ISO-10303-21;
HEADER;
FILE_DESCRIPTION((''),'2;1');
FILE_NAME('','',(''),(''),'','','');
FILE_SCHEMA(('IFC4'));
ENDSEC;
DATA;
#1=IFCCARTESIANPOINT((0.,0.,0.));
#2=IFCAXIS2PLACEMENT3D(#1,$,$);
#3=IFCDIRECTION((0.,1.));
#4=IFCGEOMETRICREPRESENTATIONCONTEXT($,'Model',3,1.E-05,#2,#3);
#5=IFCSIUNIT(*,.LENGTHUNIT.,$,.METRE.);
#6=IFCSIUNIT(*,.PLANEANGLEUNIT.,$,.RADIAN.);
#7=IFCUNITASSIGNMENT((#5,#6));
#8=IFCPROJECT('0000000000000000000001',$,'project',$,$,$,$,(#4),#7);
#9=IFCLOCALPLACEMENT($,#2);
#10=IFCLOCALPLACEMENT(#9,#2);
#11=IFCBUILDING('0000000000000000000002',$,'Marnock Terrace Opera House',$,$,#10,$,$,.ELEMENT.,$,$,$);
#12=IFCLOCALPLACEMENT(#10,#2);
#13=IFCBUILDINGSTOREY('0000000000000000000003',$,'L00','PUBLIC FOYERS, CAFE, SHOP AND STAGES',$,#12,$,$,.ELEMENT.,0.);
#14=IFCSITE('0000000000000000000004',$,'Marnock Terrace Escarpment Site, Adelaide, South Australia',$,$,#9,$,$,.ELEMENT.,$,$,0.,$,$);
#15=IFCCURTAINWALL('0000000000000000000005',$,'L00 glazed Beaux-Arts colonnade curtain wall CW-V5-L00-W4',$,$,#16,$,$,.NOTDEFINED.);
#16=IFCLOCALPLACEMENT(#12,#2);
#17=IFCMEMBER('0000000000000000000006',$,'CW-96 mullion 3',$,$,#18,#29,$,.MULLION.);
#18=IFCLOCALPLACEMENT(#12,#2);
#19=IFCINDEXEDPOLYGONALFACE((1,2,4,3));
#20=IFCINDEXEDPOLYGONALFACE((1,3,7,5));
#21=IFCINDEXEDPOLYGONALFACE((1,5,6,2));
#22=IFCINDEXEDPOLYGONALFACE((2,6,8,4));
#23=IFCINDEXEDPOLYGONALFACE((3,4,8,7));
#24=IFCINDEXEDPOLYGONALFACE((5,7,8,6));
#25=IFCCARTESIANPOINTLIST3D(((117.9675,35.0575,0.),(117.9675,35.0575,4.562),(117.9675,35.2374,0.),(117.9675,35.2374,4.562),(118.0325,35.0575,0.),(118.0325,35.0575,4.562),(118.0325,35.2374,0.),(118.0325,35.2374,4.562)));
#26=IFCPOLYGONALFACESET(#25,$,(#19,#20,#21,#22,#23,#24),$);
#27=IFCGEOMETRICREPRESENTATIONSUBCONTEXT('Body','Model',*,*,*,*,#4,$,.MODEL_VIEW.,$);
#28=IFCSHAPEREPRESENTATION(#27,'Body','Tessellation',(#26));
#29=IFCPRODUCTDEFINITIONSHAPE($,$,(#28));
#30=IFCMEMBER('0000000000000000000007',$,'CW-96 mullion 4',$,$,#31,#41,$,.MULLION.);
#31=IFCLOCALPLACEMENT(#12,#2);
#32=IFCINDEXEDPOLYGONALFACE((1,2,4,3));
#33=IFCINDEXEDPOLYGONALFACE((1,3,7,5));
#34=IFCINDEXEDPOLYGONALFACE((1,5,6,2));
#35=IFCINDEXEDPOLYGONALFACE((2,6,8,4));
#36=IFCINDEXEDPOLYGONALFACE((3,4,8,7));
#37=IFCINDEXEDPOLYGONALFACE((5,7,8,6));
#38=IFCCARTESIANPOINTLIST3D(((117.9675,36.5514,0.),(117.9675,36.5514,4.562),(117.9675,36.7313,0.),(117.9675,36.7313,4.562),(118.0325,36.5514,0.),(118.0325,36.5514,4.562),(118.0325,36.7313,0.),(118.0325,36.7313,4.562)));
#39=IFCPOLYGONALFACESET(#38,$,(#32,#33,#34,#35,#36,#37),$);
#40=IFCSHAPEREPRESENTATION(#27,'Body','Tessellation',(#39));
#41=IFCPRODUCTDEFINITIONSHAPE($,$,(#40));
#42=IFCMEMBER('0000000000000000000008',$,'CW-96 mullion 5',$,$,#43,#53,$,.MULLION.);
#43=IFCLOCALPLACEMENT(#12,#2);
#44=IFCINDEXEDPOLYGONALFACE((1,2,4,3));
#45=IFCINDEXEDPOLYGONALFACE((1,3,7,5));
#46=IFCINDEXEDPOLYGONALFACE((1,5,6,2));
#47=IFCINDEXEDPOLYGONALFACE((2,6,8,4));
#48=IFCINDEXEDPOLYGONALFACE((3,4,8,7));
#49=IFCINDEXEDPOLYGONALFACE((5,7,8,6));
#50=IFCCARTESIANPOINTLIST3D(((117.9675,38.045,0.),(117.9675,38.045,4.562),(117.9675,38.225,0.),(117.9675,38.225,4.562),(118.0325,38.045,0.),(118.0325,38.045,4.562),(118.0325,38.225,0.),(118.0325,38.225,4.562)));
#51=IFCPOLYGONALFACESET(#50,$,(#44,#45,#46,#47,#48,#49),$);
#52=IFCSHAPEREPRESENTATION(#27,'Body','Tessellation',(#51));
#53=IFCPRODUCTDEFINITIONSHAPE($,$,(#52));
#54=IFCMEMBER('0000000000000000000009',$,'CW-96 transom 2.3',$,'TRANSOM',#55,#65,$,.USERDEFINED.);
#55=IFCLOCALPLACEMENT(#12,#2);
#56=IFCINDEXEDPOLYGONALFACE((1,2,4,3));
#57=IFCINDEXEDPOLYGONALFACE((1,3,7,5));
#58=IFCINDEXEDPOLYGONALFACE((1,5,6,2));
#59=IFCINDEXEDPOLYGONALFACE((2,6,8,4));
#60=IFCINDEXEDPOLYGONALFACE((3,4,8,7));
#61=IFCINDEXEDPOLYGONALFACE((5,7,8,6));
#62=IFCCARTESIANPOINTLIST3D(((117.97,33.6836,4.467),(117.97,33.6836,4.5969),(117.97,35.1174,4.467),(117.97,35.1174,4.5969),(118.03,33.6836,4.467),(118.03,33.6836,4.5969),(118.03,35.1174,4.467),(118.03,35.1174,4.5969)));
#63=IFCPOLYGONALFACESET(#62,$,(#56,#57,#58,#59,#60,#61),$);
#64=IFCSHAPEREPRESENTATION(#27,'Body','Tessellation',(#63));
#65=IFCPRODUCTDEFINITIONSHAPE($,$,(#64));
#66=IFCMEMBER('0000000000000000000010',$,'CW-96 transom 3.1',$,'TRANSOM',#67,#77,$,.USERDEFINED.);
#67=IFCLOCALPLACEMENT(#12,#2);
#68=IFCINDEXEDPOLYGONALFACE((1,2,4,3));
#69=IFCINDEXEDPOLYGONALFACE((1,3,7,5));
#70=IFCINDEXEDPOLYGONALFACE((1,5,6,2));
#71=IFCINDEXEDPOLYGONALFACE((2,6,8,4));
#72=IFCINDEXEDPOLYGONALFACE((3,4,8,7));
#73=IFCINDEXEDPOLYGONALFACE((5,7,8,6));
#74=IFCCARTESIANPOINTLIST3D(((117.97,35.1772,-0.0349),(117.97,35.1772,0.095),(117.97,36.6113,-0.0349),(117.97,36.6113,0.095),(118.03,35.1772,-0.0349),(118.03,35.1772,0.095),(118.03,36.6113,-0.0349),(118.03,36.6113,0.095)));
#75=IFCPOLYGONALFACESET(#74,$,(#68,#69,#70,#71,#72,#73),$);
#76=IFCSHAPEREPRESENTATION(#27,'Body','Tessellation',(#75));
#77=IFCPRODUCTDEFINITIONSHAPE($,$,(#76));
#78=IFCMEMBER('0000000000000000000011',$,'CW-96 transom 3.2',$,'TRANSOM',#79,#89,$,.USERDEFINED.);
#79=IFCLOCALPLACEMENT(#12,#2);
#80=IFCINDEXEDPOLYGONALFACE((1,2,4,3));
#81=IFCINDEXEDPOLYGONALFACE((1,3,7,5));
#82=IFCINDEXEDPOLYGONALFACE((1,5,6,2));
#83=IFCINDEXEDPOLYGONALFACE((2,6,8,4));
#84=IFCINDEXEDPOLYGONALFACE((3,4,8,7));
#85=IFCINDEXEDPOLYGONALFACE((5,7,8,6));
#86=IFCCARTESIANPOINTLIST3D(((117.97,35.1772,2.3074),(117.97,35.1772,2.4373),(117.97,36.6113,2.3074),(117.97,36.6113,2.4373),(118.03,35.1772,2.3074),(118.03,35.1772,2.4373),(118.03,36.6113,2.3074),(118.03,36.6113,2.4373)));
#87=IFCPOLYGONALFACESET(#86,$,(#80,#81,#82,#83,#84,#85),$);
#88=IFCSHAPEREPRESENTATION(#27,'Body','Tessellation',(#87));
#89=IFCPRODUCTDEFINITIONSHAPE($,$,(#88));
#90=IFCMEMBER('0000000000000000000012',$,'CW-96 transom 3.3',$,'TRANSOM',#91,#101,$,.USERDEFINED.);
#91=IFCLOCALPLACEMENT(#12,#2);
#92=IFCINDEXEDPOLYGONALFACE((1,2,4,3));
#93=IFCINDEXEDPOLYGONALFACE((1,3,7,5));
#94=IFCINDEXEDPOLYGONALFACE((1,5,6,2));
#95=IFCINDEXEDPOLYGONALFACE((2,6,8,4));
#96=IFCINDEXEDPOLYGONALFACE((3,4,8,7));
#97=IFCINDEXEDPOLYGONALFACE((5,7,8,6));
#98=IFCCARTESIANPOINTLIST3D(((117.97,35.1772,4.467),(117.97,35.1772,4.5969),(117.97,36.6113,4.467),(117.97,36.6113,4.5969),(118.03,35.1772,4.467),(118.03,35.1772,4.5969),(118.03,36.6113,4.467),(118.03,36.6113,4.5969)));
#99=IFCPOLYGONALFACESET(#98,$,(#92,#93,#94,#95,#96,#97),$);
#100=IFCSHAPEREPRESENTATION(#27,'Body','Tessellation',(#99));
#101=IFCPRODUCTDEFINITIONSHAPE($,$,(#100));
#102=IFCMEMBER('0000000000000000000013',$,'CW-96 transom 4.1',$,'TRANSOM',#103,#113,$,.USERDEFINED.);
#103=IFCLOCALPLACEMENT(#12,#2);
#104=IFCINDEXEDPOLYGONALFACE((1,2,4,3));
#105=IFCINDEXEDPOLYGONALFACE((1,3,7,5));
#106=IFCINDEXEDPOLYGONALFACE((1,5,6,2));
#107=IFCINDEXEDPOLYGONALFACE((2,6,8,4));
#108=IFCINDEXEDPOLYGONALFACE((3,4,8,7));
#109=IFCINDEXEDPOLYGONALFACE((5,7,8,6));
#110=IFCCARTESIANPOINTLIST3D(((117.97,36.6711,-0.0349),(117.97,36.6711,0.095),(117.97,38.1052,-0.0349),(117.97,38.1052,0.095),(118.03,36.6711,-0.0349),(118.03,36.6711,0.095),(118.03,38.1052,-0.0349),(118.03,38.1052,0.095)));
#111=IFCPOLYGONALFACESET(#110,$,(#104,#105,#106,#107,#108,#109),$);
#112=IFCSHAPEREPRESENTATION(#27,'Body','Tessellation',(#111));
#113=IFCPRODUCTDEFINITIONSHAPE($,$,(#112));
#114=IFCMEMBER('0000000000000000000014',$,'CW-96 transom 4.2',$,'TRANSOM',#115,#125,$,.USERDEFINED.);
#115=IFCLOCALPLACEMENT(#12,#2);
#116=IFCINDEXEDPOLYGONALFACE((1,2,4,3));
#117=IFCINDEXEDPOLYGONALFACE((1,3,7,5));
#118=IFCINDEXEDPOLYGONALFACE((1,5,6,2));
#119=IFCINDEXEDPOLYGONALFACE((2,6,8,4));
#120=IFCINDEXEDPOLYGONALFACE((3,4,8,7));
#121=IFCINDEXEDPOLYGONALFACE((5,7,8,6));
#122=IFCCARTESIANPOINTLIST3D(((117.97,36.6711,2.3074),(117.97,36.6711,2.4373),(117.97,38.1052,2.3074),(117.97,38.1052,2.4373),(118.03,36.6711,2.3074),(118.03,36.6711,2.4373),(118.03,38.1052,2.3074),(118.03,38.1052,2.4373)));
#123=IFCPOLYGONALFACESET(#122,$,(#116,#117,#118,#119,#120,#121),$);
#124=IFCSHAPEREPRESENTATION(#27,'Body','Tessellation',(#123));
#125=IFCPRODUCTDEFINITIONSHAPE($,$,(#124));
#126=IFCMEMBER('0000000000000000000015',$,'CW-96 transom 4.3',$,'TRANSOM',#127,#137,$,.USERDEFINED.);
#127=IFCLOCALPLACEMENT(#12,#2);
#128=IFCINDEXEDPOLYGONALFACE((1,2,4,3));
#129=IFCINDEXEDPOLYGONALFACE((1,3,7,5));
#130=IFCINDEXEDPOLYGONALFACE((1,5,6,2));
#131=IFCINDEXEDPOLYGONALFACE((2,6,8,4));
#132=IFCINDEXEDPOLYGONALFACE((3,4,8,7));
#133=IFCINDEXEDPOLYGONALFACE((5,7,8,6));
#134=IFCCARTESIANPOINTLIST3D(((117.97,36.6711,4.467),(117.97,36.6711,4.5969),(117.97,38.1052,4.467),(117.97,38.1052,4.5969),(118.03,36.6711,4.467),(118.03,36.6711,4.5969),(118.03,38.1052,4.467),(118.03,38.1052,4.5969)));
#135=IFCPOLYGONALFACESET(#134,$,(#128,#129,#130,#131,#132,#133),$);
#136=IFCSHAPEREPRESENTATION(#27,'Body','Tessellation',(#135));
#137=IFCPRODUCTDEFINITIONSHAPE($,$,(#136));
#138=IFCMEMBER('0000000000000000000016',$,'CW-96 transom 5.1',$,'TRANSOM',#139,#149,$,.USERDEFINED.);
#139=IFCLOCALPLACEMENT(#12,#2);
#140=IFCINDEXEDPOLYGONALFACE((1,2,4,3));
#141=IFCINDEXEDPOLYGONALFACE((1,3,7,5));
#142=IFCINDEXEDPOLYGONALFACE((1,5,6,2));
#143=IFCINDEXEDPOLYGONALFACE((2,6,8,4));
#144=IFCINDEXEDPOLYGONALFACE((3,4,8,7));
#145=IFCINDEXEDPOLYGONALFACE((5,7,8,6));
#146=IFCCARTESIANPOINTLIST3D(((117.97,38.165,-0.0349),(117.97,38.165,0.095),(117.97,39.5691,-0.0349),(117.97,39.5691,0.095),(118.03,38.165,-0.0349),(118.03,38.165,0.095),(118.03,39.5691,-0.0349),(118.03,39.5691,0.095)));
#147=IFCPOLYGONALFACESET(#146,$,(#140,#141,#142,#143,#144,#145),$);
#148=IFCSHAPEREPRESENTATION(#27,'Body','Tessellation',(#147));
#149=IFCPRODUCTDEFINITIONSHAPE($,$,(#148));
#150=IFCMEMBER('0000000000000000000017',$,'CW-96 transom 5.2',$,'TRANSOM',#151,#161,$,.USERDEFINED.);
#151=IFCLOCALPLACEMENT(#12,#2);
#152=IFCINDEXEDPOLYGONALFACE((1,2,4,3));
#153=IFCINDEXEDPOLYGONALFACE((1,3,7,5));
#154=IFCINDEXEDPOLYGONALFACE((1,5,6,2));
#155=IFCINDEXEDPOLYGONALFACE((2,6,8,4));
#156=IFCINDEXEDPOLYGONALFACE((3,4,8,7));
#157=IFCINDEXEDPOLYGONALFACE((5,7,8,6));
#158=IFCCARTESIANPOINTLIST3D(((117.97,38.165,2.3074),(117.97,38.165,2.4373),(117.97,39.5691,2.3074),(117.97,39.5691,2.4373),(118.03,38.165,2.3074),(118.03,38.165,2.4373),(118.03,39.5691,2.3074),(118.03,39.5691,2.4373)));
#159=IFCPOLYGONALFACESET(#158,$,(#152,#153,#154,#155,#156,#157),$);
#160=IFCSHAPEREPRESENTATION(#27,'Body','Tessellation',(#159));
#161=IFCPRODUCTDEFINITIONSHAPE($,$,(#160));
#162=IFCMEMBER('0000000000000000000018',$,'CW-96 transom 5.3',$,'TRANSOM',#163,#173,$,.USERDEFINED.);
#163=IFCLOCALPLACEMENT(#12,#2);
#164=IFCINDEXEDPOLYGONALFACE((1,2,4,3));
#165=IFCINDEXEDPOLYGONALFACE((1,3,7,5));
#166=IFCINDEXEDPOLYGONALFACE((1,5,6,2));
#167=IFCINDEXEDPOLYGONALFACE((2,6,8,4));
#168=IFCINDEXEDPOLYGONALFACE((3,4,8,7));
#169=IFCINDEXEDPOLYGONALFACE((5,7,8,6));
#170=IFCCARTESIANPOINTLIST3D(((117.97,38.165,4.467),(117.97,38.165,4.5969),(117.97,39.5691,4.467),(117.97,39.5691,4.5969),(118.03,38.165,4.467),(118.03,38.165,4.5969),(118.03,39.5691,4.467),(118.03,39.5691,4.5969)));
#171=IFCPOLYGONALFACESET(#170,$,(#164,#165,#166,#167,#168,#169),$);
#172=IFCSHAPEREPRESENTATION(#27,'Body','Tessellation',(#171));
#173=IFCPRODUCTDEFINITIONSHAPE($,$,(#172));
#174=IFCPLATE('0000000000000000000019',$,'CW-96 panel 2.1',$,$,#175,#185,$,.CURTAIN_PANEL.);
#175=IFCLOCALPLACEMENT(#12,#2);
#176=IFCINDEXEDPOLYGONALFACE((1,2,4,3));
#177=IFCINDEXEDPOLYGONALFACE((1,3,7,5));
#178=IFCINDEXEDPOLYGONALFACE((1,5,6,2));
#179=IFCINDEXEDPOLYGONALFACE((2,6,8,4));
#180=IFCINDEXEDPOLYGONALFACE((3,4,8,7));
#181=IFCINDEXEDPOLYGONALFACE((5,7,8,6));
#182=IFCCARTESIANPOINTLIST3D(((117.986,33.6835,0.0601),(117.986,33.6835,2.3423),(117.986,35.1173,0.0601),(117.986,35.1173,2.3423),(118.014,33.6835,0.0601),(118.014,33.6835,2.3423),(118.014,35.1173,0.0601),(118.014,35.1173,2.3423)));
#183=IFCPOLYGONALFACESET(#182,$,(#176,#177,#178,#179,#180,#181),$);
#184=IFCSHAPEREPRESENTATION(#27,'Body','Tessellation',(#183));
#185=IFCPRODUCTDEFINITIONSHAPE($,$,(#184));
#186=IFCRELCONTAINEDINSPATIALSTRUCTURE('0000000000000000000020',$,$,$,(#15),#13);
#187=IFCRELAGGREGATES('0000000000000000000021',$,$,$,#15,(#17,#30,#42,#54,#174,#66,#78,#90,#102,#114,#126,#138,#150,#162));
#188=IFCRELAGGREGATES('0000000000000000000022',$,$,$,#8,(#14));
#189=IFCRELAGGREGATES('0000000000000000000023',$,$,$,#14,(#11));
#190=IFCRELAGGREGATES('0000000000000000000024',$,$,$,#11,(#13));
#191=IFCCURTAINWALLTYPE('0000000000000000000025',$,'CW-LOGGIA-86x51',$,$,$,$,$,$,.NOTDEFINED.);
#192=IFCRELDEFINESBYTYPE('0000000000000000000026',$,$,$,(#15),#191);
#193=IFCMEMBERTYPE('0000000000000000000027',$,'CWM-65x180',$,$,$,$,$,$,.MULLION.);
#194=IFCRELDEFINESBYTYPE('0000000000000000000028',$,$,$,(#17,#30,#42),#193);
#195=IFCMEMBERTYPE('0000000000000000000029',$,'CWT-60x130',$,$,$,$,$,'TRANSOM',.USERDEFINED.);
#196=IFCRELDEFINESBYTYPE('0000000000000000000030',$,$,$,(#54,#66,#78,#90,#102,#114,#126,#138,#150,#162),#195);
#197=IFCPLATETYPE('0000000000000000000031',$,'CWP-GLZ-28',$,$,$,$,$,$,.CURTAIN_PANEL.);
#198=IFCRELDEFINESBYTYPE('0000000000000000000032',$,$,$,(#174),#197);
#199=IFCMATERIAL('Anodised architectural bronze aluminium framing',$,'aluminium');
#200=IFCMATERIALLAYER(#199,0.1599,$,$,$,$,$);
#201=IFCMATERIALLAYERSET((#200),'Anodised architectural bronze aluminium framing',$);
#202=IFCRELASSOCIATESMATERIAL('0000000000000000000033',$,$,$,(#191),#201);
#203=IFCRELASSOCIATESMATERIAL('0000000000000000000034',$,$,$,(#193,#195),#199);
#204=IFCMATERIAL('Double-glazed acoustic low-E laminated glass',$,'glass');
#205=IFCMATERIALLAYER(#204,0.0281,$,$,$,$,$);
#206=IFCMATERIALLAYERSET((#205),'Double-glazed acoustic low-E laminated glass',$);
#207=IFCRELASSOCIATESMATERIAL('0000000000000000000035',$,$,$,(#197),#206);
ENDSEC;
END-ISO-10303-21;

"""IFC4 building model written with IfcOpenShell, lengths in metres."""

from ifc_helpers import new_model, si_unit, direction, frame, origin, origin_2d, place, context, subcontext, project, spatial, rectangle, extrude, material, layer, layer_set, material_profile, profile_set, type_object, element, aggregate, save


model = new_model("IFC4")

# Units and contexts
model_context = context("Model", 3, precision=1e-05, world=origin(), true_north=direction((0.0, 1.0)))
body_context = subcontext(model_context, "Body", "Model", "MODEL_VIEW")
ifc_project = project(units=[si_unit("LENGTHUNIT", "METRE"), si_unit("PLANEANGLEUNIT", "RADIAN")], contexts=[model_context])

# Site, building, storey
site_placement = place(None, origin())
site = spatial("IfcSite", under=ifc_project, at=site_placement, Name="Marnock Terrace Escarpment Site, Adelaide, South Australia", CompositionType="ELEMENT", RefElevation=0.0)
building_placement = place(site_placement, origin())
building = spatial("IfcBuilding", under=site, at=building_placement, Name="Marnock Terrace Opera House", CompositionType="ELEMENT")
storey_placement = place(building_placement, origin())
storey = spatial("IfcBuildingStorey", under=building, at=storey_placement, Name="L00", Description="PUBLIC FOYERS, CAFE, SHOP AND STAGES", CompositionType="ELEMENT", Elevation=0.0)

# Curtain wall, members, plate
ifc_material_1 = material(Name="Anodised architectural bronze aluminium framing", Category="aluminium")
ifc_layer_1 = layer(ifc_material_1, 0.1599)
ifc_layer_set_1 = layer_set([ifc_layer_1], Name="Anodised architectural bronze aluminium framing")
curtain_wall_type = type_object("IfcCurtainWallType", Name="CW-LOGGIA-86x51", PredefinedType="NOTDEFINED", material=ifc_layer_set_1)
curtain_wall_placement = place(storey_placement, origin())
curtain_wall = element("IfcCurtainWall", 1, at=curtain_wall_placement, inside=storey, type_object=curtain_wall_type, Name="L00 glazed Beaux-Arts colonnade curtain wall CW-V5-L00-W4", PredefinedType="NOTDEFINED")
ifc_material_profile_1 = material_profile(ifc_material_1, rectangle(XDim=0.0649, YDim=0.1799, at=origin_2d()))
ifc_profile_set_1 = profile_set([ifc_material_profile_1], Name="Anodised architectural bronze aluminium framing")
member_type_1 = type_object("IfcMemberType", Name="CWM-65x180", PredefinedType="MULLION", material=ifc_profile_set_1)
member_1_placement = place(storey_placement, frame((118.0, 35.1475, 0.0), z_axis=(0.0, 0.0, 1.0), x_axis=(-1.0, 0.0, 0.0)))
member_1 = element("IfcMember", 2, at=member_1_placement, type_object=member_type_1, Name="CW-96 mullion 3", PredefinedType="MULLION", context=body_context, shape_type="SweptSolid", body=[
    extrude(rectangle(XDim=0.0649, YDim=0.1799, at=origin_2d()), origin(), (0.0, 0.0, 1.0), 4.562),
])
member_2_placement = place(storey_placement, frame((118.0, 36.6414, 0.0), z_axis=(0.0, 0.0, 1.0), x_axis=(-1.0, 0.0, 0.0)))
member_2 = element("IfcMember", 3, at=member_2_placement, type_object=member_type_1, Name="CW-96 mullion 4", PredefinedType="MULLION", context=body_context, shape_type="SweptSolid", body=[
    extrude(rectangle(XDim=0.0649, YDim=0.1799, at=origin_2d()), origin(), (0.0, 0.0, 1.0), 4.562),
])
member_3_placement = place(storey_placement, frame((118.0, 38.135, 0.0), z_axis=(0.0, 0.0, 1.0), x_axis=(-1.0, 0.0, 0.0)))
member_3 = element("IfcMember", 4, at=member_3_placement, type_object=member_type_1, Name="CW-96 mullion 5", PredefinedType="MULLION", context=body_context, shape_type="SweptSolid", body=[
    extrude(rectangle(XDim=0.0649, YDim=0.1799, at=origin_2d()), origin(), (0.0, 0.0, 1.0), 4.562),
])
ifc_material_profile_2 = material_profile(ifc_material_1, rectangle(XDim=0.0601, YDim=0.1299, at=origin_2d()))
ifc_profile_set_2 = profile_set([ifc_material_profile_2], Name="Anodised architectural bronze aluminium framing")
member_type_2 = type_object("IfcMemberType", Name="CWT-60x130", ElementType="TRANSOM", PredefinedType="USERDEFINED", material=ifc_profile_set_2)
member_4_placement = place(storey_placement, frame((118.0, 33.6836, 4.532), z_axis=(0.0, 1.0, 0.0), x_axis=(-1.0, 0.0, 0.0)))
member_4 = element("IfcMember", 5, at=member_4_placement, type_object=member_type_2, Name="CW-96 transom 2.3", ObjectType="TRANSOM", PredefinedType="USERDEFINED", context=body_context, shape_type="SweptSolid", body=[
    extrude(rectangle(XDim=0.0601, YDim=0.1299, at=origin_2d()), origin(), (0.0, 0.0, 1.0), 1.4338),
])
member_5_placement = place(storey_placement, frame((118.0, 35.1772, 0.03), z_axis=(0.0, 1.0, 0.0), x_axis=(-1.0, 0.0, 0.0)))
member_5 = element("IfcMember", 6, at=member_5_placement, type_object=member_type_2, Name="CW-96 transom 3.1", ObjectType="TRANSOM", PredefinedType="USERDEFINED", context=body_context, shape_type="SweptSolid", body=[
    extrude(rectangle(XDim=0.0601, YDim=0.1299, at=origin_2d()), origin(), (0.0, 0.0, 1.0), 1.4341),
])
member_6_placement = place(storey_placement, frame((118.0, 35.1772, 2.3723), z_axis=(0.0, 1.0, 0.0), x_axis=(-1.0, 0.0, 0.0)))
member_6 = element("IfcMember", 7, at=member_6_placement, type_object=member_type_2, Name="CW-96 transom 3.2", ObjectType="TRANSOM", PredefinedType="USERDEFINED", context=body_context, shape_type="SweptSolid", body=[
    extrude(rectangle(XDim=0.0601, YDim=0.1299, at=origin_2d()), origin(), (0.0, 0.0, 1.0), 1.4341),
])
member_7_placement = place(storey_placement, frame((118.0, 35.1772, 4.532), z_axis=(0.0, 1.0, 0.0), x_axis=(-1.0, 0.0, 0.0)))
member_7 = element("IfcMember", 8, at=member_7_placement, type_object=member_type_2, Name="CW-96 transom 3.3", ObjectType="TRANSOM", PredefinedType="USERDEFINED", context=body_context, shape_type="SweptSolid", body=[
    extrude(rectangle(XDim=0.0601, YDim=0.1299, at=origin_2d()), origin(), (0.0, 0.0, 1.0), 1.4341),
])
member_8_placement = place(storey_placement, frame((118.0, 36.6711, 0.03), z_axis=(0.0, 1.0, 0.0), x_axis=(-1.0, 0.0, 0.0)))
member_8 = element("IfcMember", 9, at=member_8_placement, type_object=member_type_2, Name="CW-96 transom 4.1", ObjectType="TRANSOM", PredefinedType="USERDEFINED", context=body_context, shape_type="SweptSolid", body=[
    extrude(rectangle(XDim=0.0601, YDim=0.1299, at=origin_2d()), origin(), (0.0, 0.0, 1.0), 1.4341),
])
member_9_placement = place(storey_placement, frame((118.0, 36.6711, 2.3723), z_axis=(0.0, 1.0, 0.0), x_axis=(-1.0, 0.0, 0.0)))
member_9 = element("IfcMember", 10, at=member_9_placement, type_object=member_type_2, Name="CW-96 transom 4.2", ObjectType="TRANSOM", PredefinedType="USERDEFINED", context=body_context, shape_type="SweptSolid", body=[
    extrude(rectangle(XDim=0.0601, YDim=0.1299, at=origin_2d()), origin(), (0.0, 0.0, 1.0), 1.4341),
])
member_10_placement = place(storey_placement, frame((118.0, 36.6711, 4.532), z_axis=(0.0, 1.0, 0.0), x_axis=(-1.0, 0.0, 0.0)))
member_10 = element("IfcMember", 11, at=member_10_placement, type_object=member_type_2, Name="CW-96 transom 4.3", ObjectType="TRANSOM", PredefinedType="USERDEFINED", context=body_context, shape_type="SweptSolid", body=[
    extrude(rectangle(XDim=0.0601, YDim=0.1299, at=origin_2d()), origin(), (0.0, 0.0, 1.0), 1.4341),
])
member_11_placement = place(storey_placement, frame((118.0, 38.165, 0.03), z_axis=(0.0, 1.0, 0.0), x_axis=(-1.0, 0.0, 0.0)))
member_11 = element("IfcMember", 12, at=member_11_placement, type_object=member_type_2, Name="CW-96 transom 5.1", ObjectType="TRANSOM", PredefinedType="USERDEFINED", context=body_context, shape_type="SweptSolid", body=[
    extrude(rectangle(XDim=0.0601, YDim=0.1299, at=origin_2d()), origin(), (0.0, 0.0, 1.0), 1.4041),
])
member_12_placement = place(storey_placement, frame((118.0, 38.165, 2.3723), z_axis=(0.0, 1.0, 0.0), x_axis=(-1.0, 0.0, 0.0)))
member_12 = element("IfcMember", 13, at=member_12_placement, type_object=member_type_2, Name="CW-96 transom 5.2", ObjectType="TRANSOM", PredefinedType="USERDEFINED", context=body_context, shape_type="SweptSolid", body=[
    extrude(rectangle(XDim=0.0601, YDim=0.1299, at=origin_2d()), origin(), (0.0, 0.0, 1.0), 1.4041),
])
member_13_placement = place(storey_placement, frame((118.0, 38.165, 4.532), z_axis=(0.0, 1.0, 0.0), x_axis=(-1.0, 0.0, 0.0)))
member_13 = element("IfcMember", 14, at=member_13_placement, type_object=member_type_2, Name="CW-96 transom 5.3", ObjectType="TRANSOM", PredefinedType="USERDEFINED", context=body_context, shape_type="SweptSolid", body=[
    extrude(rectangle(XDim=0.0601, YDim=0.1299, at=origin_2d()), origin(), (0.0, 0.0, 1.0), 1.4041),
])
ifc_material_2 = material(Name="Double-glazed acoustic low-E laminated glass", Category="glass")
ifc_layer_2 = layer(ifc_material_2, 0.0281)
ifc_layer_set_2 = layer_set([ifc_layer_2], Name="Double-glazed acoustic low-E laminated glass")
plate_type = type_object("IfcPlateType", Name="CWP-GLZ-28", PredefinedType="CURTAIN_PANEL", material=ifc_layer_set_2)
plate_1_placement = place(storey_placement, frame((118.0, 34.4004, 0.0601), z_axis=(0.0, 0.0, 1.0), x_axis=(0.0, 1.0, 0.0)))
plate_1 = element("IfcPlate", 15, at=plate_1_placement, type_object=plate_type, Name="CW-96 panel 2.1", PredefinedType="CURTAIN_PANEL", context=body_context, shape_type="SweptSolid", body=[
    extrude(rectangle(XDim=1.4338, YDim=0.0281, at=origin_2d()), origin(), (0.0, 0.0, 1.0), 2.2822),
])
aggregate(curtain_wall, [member_1, member_2, member_3, member_4, plate_1, member_5, member_6, member_7, member_8, member_9, member_10, member_11, member_12, member_13])

save(model, "model.ifc")
